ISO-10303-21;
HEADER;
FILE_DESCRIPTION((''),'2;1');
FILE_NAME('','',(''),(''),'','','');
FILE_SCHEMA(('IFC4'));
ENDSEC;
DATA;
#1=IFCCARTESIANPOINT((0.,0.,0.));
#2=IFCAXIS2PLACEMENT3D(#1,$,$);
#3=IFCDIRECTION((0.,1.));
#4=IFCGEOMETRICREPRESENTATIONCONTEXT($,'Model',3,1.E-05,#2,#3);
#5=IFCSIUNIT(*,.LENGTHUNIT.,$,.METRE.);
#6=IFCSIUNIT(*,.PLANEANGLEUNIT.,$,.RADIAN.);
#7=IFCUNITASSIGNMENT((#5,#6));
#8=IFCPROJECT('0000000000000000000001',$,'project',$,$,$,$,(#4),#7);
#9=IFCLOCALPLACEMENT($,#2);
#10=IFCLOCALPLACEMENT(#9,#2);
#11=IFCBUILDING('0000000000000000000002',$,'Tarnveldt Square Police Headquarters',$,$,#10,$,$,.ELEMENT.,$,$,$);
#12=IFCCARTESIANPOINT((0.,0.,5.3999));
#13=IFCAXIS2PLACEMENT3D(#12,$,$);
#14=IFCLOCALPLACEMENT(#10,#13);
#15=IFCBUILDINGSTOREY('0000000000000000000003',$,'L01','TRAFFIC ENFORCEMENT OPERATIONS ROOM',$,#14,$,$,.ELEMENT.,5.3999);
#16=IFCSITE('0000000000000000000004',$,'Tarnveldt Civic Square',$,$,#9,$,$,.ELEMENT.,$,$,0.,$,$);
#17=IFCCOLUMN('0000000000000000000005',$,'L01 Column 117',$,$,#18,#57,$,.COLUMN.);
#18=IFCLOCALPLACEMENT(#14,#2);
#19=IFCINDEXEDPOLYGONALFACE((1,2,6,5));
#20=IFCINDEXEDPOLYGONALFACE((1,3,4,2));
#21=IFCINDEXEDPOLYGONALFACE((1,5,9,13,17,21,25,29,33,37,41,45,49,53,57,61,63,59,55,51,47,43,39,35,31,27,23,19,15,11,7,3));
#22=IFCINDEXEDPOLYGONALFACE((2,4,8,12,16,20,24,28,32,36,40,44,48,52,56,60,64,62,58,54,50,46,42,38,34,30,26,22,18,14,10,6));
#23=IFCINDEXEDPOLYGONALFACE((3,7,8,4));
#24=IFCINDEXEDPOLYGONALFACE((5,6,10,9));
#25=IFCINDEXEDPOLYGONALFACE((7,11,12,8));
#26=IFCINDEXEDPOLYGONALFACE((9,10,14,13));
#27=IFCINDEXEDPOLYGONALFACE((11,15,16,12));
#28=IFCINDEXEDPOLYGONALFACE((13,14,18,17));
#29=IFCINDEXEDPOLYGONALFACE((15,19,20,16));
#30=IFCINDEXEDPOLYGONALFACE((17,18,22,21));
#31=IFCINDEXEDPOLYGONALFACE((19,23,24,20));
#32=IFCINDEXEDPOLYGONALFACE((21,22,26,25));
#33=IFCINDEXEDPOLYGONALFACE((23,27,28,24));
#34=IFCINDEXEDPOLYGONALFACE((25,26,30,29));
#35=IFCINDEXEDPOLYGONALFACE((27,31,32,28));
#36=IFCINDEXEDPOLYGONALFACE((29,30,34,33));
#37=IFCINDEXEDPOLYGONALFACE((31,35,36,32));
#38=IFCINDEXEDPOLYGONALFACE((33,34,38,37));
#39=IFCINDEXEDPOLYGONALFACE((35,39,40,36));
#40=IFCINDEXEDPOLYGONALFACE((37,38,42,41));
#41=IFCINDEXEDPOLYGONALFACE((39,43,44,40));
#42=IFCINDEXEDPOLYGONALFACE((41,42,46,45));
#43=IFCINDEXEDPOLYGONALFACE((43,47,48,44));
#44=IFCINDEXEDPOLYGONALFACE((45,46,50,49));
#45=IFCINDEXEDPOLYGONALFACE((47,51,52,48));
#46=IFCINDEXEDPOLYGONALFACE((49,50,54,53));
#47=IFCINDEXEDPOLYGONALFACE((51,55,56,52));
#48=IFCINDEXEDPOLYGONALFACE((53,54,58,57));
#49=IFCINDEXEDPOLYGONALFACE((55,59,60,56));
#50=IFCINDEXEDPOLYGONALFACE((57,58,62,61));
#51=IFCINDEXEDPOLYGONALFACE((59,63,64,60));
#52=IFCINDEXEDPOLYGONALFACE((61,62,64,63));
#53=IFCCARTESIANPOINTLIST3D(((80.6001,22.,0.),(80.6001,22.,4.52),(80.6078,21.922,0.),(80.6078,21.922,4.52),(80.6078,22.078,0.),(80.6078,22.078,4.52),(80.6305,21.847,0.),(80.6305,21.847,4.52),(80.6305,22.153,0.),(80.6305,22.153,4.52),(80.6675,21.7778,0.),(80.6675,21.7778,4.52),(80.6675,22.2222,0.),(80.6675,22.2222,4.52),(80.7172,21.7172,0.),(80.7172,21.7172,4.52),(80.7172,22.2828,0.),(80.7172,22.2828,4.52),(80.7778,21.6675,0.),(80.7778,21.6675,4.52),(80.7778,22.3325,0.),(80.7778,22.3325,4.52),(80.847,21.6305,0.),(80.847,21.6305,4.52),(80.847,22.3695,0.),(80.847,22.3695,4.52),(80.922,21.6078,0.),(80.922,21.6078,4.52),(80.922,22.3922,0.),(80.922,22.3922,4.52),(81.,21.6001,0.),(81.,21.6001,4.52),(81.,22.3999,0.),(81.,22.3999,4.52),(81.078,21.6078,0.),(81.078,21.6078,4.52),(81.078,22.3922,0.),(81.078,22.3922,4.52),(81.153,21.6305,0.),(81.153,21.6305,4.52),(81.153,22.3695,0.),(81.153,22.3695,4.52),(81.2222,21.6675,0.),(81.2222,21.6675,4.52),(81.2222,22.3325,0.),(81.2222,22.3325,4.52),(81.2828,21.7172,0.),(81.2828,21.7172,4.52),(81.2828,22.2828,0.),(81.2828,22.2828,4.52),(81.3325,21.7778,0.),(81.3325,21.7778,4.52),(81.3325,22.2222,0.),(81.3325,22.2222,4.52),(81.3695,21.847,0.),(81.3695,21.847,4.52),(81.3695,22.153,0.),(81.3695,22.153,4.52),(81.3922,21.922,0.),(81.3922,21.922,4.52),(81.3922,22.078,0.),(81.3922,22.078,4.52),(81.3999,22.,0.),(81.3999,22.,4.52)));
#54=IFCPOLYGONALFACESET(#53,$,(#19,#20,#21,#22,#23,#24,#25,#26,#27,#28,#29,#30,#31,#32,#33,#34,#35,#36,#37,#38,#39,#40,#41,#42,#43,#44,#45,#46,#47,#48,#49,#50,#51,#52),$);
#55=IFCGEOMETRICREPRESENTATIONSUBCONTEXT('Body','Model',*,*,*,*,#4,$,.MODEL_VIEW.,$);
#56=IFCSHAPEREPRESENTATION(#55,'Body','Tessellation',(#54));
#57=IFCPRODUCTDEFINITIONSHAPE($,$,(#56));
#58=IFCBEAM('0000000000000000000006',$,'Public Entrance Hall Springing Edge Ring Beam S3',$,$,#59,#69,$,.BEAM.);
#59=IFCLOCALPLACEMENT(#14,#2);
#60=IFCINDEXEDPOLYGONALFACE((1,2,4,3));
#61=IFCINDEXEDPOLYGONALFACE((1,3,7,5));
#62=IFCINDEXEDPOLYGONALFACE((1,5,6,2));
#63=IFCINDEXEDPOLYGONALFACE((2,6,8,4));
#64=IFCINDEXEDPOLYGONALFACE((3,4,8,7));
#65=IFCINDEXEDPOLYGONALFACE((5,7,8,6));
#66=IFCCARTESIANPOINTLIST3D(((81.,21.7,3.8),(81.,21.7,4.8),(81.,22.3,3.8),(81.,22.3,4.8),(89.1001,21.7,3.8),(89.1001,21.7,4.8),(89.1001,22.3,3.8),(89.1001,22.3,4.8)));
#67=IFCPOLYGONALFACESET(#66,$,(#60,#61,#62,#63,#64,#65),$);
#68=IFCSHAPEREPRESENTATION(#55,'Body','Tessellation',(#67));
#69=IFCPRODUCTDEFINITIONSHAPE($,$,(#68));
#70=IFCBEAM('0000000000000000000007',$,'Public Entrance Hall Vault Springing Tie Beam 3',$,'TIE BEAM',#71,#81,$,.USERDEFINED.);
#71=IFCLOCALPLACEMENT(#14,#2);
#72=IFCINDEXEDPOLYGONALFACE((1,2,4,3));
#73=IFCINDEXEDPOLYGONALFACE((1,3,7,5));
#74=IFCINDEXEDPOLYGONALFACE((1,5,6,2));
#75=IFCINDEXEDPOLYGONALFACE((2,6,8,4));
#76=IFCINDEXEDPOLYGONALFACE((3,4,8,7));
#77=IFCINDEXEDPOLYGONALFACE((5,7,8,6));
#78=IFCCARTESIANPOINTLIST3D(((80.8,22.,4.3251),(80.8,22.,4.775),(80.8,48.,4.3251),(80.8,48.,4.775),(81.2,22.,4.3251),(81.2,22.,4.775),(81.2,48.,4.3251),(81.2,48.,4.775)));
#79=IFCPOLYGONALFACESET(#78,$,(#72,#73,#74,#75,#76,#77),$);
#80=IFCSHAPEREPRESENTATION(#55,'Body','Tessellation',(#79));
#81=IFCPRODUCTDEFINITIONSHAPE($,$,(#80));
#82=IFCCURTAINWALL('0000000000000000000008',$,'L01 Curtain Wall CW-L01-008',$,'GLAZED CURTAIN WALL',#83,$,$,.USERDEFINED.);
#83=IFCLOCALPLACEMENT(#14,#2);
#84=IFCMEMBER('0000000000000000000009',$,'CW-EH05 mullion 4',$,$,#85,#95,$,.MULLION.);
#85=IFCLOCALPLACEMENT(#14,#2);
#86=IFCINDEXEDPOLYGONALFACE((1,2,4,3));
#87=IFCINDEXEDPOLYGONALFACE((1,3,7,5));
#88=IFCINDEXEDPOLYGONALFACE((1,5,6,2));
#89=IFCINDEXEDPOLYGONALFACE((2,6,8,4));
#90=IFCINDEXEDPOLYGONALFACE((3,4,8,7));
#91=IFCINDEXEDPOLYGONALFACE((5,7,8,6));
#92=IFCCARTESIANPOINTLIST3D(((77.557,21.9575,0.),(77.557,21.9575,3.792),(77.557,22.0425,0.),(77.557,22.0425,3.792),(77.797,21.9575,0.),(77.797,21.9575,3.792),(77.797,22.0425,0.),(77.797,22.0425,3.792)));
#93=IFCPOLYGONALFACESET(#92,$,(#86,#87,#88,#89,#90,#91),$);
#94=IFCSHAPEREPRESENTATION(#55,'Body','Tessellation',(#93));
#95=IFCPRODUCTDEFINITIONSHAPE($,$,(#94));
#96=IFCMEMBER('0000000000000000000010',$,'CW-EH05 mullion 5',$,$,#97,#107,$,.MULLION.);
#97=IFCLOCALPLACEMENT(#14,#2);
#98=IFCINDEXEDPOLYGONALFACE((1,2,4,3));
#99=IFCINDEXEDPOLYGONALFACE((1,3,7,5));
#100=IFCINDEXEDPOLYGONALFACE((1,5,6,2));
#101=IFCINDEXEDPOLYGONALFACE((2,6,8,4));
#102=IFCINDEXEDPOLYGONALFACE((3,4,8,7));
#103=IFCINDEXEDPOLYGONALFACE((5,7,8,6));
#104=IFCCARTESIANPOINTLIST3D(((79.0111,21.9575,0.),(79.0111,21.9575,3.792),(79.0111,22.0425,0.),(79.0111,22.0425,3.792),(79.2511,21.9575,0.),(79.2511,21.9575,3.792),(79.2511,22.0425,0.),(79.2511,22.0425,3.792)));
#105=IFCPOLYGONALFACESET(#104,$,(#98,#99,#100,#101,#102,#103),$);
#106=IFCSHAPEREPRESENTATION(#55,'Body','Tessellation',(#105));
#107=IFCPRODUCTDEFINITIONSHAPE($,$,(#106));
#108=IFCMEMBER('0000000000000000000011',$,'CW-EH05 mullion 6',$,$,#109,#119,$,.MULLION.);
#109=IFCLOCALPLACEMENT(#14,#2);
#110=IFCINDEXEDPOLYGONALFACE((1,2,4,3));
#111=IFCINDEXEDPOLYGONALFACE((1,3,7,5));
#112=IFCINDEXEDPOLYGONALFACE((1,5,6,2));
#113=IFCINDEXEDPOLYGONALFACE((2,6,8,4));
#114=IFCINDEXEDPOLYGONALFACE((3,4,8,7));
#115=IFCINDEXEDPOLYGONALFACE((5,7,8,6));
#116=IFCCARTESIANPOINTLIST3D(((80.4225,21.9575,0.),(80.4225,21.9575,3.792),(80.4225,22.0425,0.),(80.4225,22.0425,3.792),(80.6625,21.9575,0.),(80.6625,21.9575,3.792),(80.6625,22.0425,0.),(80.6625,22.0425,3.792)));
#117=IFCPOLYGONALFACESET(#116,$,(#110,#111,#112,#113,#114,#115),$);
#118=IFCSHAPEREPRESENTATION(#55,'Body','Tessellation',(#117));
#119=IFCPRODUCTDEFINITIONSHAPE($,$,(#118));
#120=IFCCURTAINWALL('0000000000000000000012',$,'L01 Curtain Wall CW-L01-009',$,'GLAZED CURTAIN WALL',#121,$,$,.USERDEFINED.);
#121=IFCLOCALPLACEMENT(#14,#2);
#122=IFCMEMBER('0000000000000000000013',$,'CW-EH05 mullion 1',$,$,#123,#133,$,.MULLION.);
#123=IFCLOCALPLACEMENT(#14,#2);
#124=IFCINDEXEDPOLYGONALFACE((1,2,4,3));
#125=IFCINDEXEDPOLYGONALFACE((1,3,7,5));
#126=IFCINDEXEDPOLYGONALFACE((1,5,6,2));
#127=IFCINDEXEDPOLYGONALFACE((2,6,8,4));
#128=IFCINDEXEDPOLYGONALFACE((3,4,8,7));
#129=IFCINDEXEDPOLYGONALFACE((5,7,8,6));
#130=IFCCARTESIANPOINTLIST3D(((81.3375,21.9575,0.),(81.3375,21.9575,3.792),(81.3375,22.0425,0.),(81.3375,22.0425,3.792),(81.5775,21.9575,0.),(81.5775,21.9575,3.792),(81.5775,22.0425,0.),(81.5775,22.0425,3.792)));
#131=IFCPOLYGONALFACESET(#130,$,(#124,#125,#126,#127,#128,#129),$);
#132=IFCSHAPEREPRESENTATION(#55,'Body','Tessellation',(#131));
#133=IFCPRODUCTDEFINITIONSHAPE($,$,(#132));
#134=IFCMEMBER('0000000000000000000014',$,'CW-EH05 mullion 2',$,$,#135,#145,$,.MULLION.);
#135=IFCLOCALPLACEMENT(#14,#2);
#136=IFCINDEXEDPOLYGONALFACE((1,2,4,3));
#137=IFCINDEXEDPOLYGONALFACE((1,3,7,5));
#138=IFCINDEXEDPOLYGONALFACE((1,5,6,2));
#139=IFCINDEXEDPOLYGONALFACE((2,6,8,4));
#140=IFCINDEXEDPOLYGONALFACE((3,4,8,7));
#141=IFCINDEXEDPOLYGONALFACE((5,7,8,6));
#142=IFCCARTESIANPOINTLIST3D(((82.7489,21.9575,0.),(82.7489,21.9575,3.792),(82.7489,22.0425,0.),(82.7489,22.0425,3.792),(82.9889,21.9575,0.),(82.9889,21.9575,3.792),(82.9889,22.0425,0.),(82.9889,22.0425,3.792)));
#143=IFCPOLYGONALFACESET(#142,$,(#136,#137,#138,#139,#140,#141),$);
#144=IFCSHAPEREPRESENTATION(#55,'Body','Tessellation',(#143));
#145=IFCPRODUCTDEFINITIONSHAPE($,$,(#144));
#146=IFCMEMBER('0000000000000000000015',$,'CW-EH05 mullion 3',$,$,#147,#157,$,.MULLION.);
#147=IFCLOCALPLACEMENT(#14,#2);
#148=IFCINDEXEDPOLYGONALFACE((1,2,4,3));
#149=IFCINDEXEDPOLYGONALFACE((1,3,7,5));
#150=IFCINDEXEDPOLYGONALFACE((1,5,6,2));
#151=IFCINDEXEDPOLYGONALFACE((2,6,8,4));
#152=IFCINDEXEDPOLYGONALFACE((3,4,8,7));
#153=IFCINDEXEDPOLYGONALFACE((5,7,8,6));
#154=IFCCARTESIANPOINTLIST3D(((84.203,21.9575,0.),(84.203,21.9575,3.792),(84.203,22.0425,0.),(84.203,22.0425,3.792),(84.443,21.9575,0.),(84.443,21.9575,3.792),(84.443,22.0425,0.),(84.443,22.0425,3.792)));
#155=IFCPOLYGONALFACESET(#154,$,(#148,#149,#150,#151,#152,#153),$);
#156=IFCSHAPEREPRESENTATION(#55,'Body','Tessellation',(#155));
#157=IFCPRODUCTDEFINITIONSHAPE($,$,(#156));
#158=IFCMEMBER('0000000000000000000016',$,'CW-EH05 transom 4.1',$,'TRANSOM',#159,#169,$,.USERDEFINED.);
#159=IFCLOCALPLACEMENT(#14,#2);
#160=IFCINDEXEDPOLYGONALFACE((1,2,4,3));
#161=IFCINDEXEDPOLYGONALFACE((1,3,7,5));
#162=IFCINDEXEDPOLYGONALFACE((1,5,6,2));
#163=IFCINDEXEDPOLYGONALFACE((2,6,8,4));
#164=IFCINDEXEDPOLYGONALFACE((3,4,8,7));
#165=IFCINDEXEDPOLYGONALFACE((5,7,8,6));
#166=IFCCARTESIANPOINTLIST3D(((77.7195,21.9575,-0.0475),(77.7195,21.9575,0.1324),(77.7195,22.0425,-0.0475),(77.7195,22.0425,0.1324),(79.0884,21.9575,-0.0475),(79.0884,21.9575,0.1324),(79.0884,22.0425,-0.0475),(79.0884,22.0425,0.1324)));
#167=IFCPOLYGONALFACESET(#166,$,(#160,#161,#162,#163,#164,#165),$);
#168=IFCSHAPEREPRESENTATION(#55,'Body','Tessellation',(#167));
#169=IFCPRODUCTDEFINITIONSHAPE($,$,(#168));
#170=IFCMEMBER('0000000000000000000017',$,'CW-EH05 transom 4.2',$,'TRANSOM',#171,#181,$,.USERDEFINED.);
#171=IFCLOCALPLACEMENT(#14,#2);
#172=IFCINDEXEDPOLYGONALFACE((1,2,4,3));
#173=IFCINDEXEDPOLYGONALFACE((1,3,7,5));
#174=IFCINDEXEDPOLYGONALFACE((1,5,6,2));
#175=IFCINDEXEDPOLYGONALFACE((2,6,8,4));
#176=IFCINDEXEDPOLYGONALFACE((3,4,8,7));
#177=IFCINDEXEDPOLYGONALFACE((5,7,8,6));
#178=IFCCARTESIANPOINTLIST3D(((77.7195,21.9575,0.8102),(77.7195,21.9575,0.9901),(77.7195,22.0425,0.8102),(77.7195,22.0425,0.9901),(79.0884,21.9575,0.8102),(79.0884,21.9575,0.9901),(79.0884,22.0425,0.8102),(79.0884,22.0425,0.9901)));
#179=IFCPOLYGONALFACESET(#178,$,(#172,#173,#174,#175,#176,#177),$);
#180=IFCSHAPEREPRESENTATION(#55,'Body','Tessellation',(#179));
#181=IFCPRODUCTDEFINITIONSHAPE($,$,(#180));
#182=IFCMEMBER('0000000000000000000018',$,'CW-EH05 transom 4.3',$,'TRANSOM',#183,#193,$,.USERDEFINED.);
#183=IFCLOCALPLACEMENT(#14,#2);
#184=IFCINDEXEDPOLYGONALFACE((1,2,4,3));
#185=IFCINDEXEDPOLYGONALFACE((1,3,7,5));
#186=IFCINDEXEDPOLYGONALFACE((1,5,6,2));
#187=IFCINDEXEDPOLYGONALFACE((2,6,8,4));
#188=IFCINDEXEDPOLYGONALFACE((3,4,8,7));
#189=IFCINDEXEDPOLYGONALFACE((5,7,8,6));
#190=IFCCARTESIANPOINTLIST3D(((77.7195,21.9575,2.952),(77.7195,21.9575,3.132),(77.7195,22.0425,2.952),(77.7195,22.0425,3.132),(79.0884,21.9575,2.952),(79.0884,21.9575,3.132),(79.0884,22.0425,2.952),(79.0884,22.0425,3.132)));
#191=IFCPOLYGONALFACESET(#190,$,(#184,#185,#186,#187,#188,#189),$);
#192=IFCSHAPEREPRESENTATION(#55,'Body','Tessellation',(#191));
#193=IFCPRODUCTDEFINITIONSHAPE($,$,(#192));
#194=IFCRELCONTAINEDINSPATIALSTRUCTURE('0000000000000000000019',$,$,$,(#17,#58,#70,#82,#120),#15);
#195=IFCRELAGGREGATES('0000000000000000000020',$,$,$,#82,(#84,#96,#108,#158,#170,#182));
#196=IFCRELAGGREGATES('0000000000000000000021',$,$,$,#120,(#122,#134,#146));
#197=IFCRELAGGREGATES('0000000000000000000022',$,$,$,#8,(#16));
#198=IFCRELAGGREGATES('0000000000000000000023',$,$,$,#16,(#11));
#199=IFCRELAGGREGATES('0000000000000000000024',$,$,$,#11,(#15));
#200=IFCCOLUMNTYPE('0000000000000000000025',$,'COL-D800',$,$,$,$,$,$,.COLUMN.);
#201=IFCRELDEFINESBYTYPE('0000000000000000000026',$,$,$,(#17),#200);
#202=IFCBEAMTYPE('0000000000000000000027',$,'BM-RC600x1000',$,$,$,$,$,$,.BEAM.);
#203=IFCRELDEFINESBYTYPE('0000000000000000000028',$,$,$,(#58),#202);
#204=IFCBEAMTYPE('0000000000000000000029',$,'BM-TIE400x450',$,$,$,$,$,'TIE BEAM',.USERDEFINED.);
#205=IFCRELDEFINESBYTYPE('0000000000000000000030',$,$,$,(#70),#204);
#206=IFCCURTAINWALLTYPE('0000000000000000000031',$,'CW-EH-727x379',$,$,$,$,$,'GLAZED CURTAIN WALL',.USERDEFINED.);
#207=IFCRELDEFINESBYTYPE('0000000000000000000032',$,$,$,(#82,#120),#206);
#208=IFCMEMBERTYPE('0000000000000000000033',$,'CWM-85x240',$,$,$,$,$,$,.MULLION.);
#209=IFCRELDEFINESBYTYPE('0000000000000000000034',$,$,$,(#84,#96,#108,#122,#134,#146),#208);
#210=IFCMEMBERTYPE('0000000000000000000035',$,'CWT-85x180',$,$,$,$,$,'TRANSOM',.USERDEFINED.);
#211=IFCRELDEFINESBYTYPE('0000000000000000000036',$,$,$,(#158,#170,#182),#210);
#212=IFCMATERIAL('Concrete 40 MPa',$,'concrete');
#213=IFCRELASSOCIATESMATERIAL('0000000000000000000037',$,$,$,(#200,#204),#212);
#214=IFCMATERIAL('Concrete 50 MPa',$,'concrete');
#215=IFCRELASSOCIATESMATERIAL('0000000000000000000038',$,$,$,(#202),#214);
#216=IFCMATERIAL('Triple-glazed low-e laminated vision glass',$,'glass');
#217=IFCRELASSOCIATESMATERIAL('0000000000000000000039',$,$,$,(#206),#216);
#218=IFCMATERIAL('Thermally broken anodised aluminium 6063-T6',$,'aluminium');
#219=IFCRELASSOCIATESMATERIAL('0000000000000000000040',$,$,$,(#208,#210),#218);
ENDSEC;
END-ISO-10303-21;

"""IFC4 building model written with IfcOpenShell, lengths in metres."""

from ifc_helpers import new_model, si_unit, direction, frame, origin, origin_2d, place, context, subcontext, project, spatial, rectangle, circle, extrude, material, material_profile, profile_set, type_object, element, aggregate, save


model = new_model("IFC4")

# Units and contexts
model_context = context("Model", 3, precision=1e-05, world=origin(), true_north=direction((0.0, 1.0)))
body_context = subcontext(model_context, "Body", "Model", "MODEL_VIEW")
ifc_project = project(units=[si_unit("LENGTHUNIT", "METRE"), si_unit("PLANEANGLEUNIT", "RADIAN")], contexts=[model_context])

# Site, building, storey
site_placement = place(None, origin())
site = spatial("IfcSite", under=ifc_project, at=site_placement, Name="Tarnveldt Civic Square", CompositionType="ELEMENT", RefElevation=0.0)
building_placement = place(site_placement, origin())
building = spatial("IfcBuilding", under=site, at=building_placement, Name="Tarnveldt Square Police Headquarters", CompositionType="ELEMENT")
storey_placement = place(building_placement, frame((0.0, 0.0, 5.3999)))
storey = spatial("IfcBuildingStorey", under=building, at=storey_placement, Name="L01", Description="TRAFFIC ENFORCEMENT OPERATIONS ROOM", CompositionType="ELEMENT", Elevation=5.3999)

# Column
ifc_material_1 = material(Name="Concrete 40 MPa", Category="concrete")
ifc_material_profile_1 = material_profile(ifc_material_1, circle(Radius=0.3999, at=origin_2d()), Name="RC-D800")
ifc_profile_set_1 = profile_set([ifc_material_profile_1], Name="Concrete 40 MPa")
column_type = type_object("IfcColumnType", Name="COL-D800", PredefinedType="COLUMN", material=ifc_profile_set_1)
column_placement = place(storey_placement, frame((81.0, 22.0, 0.0), z_axis=(0.0, 0.0, 1.0), x_axis=(1.0, 0.0, 0.0)))
element("IfcColumn", 1, at=column_placement, inside=storey, type_object=column_type, Name="L01 Column 117", PredefinedType="COLUMN", context=body_context, shape_type="SweptSolid", body=[
    extrude(circle(Radius=0.3999, at=origin_2d()), origin(), (0.0, 0.0, 1.0), 4.52),
])

# Beams
ifc_material_2 = material(Name="Concrete 50 MPa", Category="concrete")
ifc_material_profile_2 = material_profile(ifc_material_2, rectangle(XDim=0.6001, YDim=1.0, at=origin_2d()), Name="RC-B600x1000")
ifc_profile_set_2 = profile_set([ifc_material_profile_2], Name="Concrete 50 MPa")
beam_type_1 = type_object("IfcBeamType", Name="BM-RC600x1000", PredefinedType="BEAM", material=ifc_profile_set_2)
beam_1_placement = place(storey_placement, frame((81.0, 22.0, 4.3), z_axis=(1.0, 0.0, 0.0), x_axis=(0.0, 1.0, 0.0)))
element("IfcBeam", 2, at=beam_1_placement, inside=storey, type_object=beam_type_1, Name="Public Entrance Hall Springing Edge Ring Beam S3", PredefinedType="BEAM", context=body_context, shape_type="SweptSolid", body=[
    extrude(rectangle(XDim=0.6001, YDim=1.0, at=origin_2d()), origin(), (0.0, 0.0, 1.0), 8.1001),
])
ifc_material_profile_3 = material_profile(ifc_material_1, rectangle(XDim=0.3999, YDim=0.45, at=origin_2d()), Name="RC-TIE400x450")
ifc_profile_set_3 = profile_set([ifc_material_profile_3], Name="Concrete 40 MPa")
beam_type_2 = type_object("IfcBeamType", Name="BM-TIE400x450", ElementType="TIE BEAM", PredefinedType="USERDEFINED", material=ifc_profile_set_3)
beam_2_placement = place(storey_placement, frame((81.0, 22.0, 4.55), z_axis=(0.0, 1.0, 0.0), x_axis=(-1.0, 0.0, 0.0)))
element("IfcBeam", 3, at=beam_2_placement, inside=storey, type_object=beam_type_2, Name="Public Entrance Hall Vault Springing Tie Beam 3", ObjectType="TIE BEAM", PredefinedType="USERDEFINED", context=body_context, shape_type="SweptSolid", body=[
    extrude(rectangle(XDim=0.3999, YDim=0.45, at=origin_2d()), origin(), (0.0, 0.0, 1.0), 26.0),
])

# Curtain walls, members
ifc_material_3 = material(Name="Triple-glazed low-e laminated vision glass", Category="glass")
curtain_wall_type = type_object("IfcCurtainWallType", Name="CW-EH-727x379", ElementType="GLAZED CURTAIN WALL", PredefinedType="USERDEFINED", material=ifc_material_3)
curtain_wall_1_placement = place(storey_placement, origin())
curtain_wall_1 = element("IfcCurtainWall", 4, at=curtain_wall_1_placement, inside=storey, type_object=curtain_wall_type, Name="L01 Curtain Wall CW-L01-008", ObjectType="GLAZED CURTAIN WALL", PredefinedType="USERDEFINED")
ifc_material_4 = material(Name="Thermally broken anodised aluminium 6063-T6", Category="aluminium")
ifc_material_profile_4 = material_profile(ifc_material_4, rectangle(XDim=0.085, YDim=0.24, at=origin_2d()), Name="CW-M85x240")
ifc_profile_set_4 = profile_set([ifc_material_profile_4], Name="Thermally broken anodised aluminium 6063-T6")
member_type_1 = type_object("IfcMemberType", Name="CWM-85x240", PredefinedType="MULLION", material=ifc_profile_set_4)
member_1_placement = place(storey_placement, frame((77.677, 22.0, 0.0), z_axis=(0.0, 0.0, 1.0), x_axis=(0.0, 1.0, 0.0)))
member_1 = element("IfcMember", 5, at=member_1_placement, type_object=member_type_1, Name="CW-EH05 mullion 4", PredefinedType="MULLION", context=body_context, shape_type="SweptSolid", body=[
    extrude(rectangle(XDim=0.085, YDim=0.24, at=origin_2d()), origin(), (0.0, 0.0, 1.0), 3.792),
])
member_2_placement = place(storey_placement, frame((79.1311, 22.0, 0.0), z_axis=(0.0, 0.0, 1.0), x_axis=(0.0, 1.0, 0.0)))
member_2 = element("IfcMember", 6, at=member_2_placement, type_object=member_type_1, Name="CW-EH05 mullion 5", PredefinedType="MULLION", context=body_context, shape_type="SweptSolid", body=[
    extrude(rectangle(XDim=0.085, YDim=0.24, at=origin_2d()), origin(), (0.0, 0.0, 1.0), 3.792),
])
member_3_placement = place(storey_placement, frame((80.5425, 22.0, 0.0), z_axis=(0.0, 0.0, 1.0), x_axis=(0.0, 1.0, 0.0)))
member_3 = element("IfcMember", 7, at=member_3_placement, type_object=member_type_1, Name="CW-EH05 mullion 6", PredefinedType="MULLION", context=body_context, shape_type="SweptSolid", body=[
    extrude(rectangle(XDim=0.085, YDim=0.24, at=origin_2d()), origin(), (0.0, 0.0, 1.0), 3.792),
])
curtain_wall_2_placement = place(storey_placement, origin())
curtain_wall_2 = element("IfcCurtainWall", 8, at=curtain_wall_2_placement, inside=storey, type_object=curtain_wall_type, Name="L01 Curtain Wall CW-L01-009", ObjectType="GLAZED CURTAIN WALL", PredefinedType="USERDEFINED")
member_4_placement = place(storey_placement, frame((81.4575, 22.0, 0.0), z_axis=(0.0, 0.0, 1.0), x_axis=(0.0, 1.0, 0.0)))
member_4 = element("IfcMember", 9, at=member_4_placement, type_object=member_type_1, Name="CW-EH05 mullion 1", PredefinedType="MULLION", context=body_context, shape_type="SweptSolid", body=[
    extrude(rectangle(XDim=0.085, YDim=0.24, at=origin_2d()), origin(), (0.0, 0.0, 1.0), 3.792),
])
member_5_placement = place(storey_placement, frame((82.8689, 22.0, 0.0), z_axis=(0.0, 0.0, 1.0), x_axis=(0.0, 1.0, 0.0)))
member_5 = element("IfcMember", 10, at=member_5_placement, type_object=member_type_1, Name="CW-EH05 mullion 2", PredefinedType="MULLION", context=body_context, shape_type="SweptSolid", body=[
    extrude(rectangle(XDim=0.085, YDim=0.24, at=origin_2d()), origin(), (0.0, 0.0, 1.0), 3.792),
])
member_6_placement = place(storey_placement, frame((84.323, 22.0, 0.0), z_axis=(0.0, 0.0, 1.0), x_axis=(0.0, 1.0, 0.0)))
member_6 = element("IfcMember", 11, at=member_6_placement, type_object=member_type_1, Name="CW-EH05 mullion 3", PredefinedType="MULLION", context=body_context, shape_type="SweptSolid", body=[
    extrude(rectangle(XDim=0.085, YDim=0.24, at=origin_2d()), origin(), (0.0, 0.0, 1.0), 3.792),
])

# Members
ifc_material_profile_5 = material_profile(ifc_material_4, rectangle(XDim=0.085, YDim=0.1799, at=origin_2d()), Name="CW-T85x180")
ifc_profile_set_5 = profile_set([ifc_material_profile_5], Name="Thermally broken anodised aluminium 6063-T6")
member_type_2 = type_object("IfcMemberType", Name="CWT-85x180", ElementType="TRANSOM", PredefinedType="USERDEFINED", material=ifc_profile_set_5)
member_7_placement = place(storey_placement, frame((77.7195, 22.0, 0.0425), z_axis=(1.0, 0.0, 0.0), x_axis=(0.0, 1.0, 0.0)))
member_7 = element("IfcMember", 12, at=member_7_placement, type_object=member_type_2, Name="CW-EH05 transom 4.1", ObjectType="TRANSOM", PredefinedType="USERDEFINED", context=body_context, shape_type="SweptSolid", body=[
    extrude(rectangle(XDim=0.085, YDim=0.1799, at=origin_2d()), origin(), (0.0, 0.0, 1.0), 1.3689),
])
member_8_placement = place(storey_placement, frame((77.7195, 22.0, 0.9001), z_axis=(1.0, 0.0, 0.0), x_axis=(0.0, 1.0, 0.0)))
member_8 = element("IfcMember", 13, at=member_8_placement, type_object=member_type_2, Name="CW-EH05 transom 4.2", ObjectType="TRANSOM", PredefinedType="USERDEFINED", context=body_context, shape_type="SweptSolid", body=[
    extrude(rectangle(XDim=0.085, YDim=0.1799, at=origin_2d()), origin(), (0.0, 0.0, 1.0), 1.3689),
])
member_9_placement = place(storey_placement, frame((77.7195, 22.0, 3.042), z_axis=(1.0, 0.0, 0.0), x_axis=(0.0, 1.0, 0.0)))
member_9 = element("IfcMember", 14, at=member_9_placement, type_object=member_type_2, Name="CW-EH05 transom 4.3", ObjectType="TRANSOM", PredefinedType="USERDEFINED", context=body_context, shape_type="SweptSolid", body=[
    extrude(rectangle(XDim=0.085, YDim=0.1799, at=origin_2d()), origin(), (0.0, 0.0, 1.0), 1.3689),
])

aggregate(curtain_wall_1, [member_1, member_2, member_3, member_7, member_8, member_9])
aggregate(curtain_wall_2, [member_4, member_5, member_6])

save(model, "model.ifc")
